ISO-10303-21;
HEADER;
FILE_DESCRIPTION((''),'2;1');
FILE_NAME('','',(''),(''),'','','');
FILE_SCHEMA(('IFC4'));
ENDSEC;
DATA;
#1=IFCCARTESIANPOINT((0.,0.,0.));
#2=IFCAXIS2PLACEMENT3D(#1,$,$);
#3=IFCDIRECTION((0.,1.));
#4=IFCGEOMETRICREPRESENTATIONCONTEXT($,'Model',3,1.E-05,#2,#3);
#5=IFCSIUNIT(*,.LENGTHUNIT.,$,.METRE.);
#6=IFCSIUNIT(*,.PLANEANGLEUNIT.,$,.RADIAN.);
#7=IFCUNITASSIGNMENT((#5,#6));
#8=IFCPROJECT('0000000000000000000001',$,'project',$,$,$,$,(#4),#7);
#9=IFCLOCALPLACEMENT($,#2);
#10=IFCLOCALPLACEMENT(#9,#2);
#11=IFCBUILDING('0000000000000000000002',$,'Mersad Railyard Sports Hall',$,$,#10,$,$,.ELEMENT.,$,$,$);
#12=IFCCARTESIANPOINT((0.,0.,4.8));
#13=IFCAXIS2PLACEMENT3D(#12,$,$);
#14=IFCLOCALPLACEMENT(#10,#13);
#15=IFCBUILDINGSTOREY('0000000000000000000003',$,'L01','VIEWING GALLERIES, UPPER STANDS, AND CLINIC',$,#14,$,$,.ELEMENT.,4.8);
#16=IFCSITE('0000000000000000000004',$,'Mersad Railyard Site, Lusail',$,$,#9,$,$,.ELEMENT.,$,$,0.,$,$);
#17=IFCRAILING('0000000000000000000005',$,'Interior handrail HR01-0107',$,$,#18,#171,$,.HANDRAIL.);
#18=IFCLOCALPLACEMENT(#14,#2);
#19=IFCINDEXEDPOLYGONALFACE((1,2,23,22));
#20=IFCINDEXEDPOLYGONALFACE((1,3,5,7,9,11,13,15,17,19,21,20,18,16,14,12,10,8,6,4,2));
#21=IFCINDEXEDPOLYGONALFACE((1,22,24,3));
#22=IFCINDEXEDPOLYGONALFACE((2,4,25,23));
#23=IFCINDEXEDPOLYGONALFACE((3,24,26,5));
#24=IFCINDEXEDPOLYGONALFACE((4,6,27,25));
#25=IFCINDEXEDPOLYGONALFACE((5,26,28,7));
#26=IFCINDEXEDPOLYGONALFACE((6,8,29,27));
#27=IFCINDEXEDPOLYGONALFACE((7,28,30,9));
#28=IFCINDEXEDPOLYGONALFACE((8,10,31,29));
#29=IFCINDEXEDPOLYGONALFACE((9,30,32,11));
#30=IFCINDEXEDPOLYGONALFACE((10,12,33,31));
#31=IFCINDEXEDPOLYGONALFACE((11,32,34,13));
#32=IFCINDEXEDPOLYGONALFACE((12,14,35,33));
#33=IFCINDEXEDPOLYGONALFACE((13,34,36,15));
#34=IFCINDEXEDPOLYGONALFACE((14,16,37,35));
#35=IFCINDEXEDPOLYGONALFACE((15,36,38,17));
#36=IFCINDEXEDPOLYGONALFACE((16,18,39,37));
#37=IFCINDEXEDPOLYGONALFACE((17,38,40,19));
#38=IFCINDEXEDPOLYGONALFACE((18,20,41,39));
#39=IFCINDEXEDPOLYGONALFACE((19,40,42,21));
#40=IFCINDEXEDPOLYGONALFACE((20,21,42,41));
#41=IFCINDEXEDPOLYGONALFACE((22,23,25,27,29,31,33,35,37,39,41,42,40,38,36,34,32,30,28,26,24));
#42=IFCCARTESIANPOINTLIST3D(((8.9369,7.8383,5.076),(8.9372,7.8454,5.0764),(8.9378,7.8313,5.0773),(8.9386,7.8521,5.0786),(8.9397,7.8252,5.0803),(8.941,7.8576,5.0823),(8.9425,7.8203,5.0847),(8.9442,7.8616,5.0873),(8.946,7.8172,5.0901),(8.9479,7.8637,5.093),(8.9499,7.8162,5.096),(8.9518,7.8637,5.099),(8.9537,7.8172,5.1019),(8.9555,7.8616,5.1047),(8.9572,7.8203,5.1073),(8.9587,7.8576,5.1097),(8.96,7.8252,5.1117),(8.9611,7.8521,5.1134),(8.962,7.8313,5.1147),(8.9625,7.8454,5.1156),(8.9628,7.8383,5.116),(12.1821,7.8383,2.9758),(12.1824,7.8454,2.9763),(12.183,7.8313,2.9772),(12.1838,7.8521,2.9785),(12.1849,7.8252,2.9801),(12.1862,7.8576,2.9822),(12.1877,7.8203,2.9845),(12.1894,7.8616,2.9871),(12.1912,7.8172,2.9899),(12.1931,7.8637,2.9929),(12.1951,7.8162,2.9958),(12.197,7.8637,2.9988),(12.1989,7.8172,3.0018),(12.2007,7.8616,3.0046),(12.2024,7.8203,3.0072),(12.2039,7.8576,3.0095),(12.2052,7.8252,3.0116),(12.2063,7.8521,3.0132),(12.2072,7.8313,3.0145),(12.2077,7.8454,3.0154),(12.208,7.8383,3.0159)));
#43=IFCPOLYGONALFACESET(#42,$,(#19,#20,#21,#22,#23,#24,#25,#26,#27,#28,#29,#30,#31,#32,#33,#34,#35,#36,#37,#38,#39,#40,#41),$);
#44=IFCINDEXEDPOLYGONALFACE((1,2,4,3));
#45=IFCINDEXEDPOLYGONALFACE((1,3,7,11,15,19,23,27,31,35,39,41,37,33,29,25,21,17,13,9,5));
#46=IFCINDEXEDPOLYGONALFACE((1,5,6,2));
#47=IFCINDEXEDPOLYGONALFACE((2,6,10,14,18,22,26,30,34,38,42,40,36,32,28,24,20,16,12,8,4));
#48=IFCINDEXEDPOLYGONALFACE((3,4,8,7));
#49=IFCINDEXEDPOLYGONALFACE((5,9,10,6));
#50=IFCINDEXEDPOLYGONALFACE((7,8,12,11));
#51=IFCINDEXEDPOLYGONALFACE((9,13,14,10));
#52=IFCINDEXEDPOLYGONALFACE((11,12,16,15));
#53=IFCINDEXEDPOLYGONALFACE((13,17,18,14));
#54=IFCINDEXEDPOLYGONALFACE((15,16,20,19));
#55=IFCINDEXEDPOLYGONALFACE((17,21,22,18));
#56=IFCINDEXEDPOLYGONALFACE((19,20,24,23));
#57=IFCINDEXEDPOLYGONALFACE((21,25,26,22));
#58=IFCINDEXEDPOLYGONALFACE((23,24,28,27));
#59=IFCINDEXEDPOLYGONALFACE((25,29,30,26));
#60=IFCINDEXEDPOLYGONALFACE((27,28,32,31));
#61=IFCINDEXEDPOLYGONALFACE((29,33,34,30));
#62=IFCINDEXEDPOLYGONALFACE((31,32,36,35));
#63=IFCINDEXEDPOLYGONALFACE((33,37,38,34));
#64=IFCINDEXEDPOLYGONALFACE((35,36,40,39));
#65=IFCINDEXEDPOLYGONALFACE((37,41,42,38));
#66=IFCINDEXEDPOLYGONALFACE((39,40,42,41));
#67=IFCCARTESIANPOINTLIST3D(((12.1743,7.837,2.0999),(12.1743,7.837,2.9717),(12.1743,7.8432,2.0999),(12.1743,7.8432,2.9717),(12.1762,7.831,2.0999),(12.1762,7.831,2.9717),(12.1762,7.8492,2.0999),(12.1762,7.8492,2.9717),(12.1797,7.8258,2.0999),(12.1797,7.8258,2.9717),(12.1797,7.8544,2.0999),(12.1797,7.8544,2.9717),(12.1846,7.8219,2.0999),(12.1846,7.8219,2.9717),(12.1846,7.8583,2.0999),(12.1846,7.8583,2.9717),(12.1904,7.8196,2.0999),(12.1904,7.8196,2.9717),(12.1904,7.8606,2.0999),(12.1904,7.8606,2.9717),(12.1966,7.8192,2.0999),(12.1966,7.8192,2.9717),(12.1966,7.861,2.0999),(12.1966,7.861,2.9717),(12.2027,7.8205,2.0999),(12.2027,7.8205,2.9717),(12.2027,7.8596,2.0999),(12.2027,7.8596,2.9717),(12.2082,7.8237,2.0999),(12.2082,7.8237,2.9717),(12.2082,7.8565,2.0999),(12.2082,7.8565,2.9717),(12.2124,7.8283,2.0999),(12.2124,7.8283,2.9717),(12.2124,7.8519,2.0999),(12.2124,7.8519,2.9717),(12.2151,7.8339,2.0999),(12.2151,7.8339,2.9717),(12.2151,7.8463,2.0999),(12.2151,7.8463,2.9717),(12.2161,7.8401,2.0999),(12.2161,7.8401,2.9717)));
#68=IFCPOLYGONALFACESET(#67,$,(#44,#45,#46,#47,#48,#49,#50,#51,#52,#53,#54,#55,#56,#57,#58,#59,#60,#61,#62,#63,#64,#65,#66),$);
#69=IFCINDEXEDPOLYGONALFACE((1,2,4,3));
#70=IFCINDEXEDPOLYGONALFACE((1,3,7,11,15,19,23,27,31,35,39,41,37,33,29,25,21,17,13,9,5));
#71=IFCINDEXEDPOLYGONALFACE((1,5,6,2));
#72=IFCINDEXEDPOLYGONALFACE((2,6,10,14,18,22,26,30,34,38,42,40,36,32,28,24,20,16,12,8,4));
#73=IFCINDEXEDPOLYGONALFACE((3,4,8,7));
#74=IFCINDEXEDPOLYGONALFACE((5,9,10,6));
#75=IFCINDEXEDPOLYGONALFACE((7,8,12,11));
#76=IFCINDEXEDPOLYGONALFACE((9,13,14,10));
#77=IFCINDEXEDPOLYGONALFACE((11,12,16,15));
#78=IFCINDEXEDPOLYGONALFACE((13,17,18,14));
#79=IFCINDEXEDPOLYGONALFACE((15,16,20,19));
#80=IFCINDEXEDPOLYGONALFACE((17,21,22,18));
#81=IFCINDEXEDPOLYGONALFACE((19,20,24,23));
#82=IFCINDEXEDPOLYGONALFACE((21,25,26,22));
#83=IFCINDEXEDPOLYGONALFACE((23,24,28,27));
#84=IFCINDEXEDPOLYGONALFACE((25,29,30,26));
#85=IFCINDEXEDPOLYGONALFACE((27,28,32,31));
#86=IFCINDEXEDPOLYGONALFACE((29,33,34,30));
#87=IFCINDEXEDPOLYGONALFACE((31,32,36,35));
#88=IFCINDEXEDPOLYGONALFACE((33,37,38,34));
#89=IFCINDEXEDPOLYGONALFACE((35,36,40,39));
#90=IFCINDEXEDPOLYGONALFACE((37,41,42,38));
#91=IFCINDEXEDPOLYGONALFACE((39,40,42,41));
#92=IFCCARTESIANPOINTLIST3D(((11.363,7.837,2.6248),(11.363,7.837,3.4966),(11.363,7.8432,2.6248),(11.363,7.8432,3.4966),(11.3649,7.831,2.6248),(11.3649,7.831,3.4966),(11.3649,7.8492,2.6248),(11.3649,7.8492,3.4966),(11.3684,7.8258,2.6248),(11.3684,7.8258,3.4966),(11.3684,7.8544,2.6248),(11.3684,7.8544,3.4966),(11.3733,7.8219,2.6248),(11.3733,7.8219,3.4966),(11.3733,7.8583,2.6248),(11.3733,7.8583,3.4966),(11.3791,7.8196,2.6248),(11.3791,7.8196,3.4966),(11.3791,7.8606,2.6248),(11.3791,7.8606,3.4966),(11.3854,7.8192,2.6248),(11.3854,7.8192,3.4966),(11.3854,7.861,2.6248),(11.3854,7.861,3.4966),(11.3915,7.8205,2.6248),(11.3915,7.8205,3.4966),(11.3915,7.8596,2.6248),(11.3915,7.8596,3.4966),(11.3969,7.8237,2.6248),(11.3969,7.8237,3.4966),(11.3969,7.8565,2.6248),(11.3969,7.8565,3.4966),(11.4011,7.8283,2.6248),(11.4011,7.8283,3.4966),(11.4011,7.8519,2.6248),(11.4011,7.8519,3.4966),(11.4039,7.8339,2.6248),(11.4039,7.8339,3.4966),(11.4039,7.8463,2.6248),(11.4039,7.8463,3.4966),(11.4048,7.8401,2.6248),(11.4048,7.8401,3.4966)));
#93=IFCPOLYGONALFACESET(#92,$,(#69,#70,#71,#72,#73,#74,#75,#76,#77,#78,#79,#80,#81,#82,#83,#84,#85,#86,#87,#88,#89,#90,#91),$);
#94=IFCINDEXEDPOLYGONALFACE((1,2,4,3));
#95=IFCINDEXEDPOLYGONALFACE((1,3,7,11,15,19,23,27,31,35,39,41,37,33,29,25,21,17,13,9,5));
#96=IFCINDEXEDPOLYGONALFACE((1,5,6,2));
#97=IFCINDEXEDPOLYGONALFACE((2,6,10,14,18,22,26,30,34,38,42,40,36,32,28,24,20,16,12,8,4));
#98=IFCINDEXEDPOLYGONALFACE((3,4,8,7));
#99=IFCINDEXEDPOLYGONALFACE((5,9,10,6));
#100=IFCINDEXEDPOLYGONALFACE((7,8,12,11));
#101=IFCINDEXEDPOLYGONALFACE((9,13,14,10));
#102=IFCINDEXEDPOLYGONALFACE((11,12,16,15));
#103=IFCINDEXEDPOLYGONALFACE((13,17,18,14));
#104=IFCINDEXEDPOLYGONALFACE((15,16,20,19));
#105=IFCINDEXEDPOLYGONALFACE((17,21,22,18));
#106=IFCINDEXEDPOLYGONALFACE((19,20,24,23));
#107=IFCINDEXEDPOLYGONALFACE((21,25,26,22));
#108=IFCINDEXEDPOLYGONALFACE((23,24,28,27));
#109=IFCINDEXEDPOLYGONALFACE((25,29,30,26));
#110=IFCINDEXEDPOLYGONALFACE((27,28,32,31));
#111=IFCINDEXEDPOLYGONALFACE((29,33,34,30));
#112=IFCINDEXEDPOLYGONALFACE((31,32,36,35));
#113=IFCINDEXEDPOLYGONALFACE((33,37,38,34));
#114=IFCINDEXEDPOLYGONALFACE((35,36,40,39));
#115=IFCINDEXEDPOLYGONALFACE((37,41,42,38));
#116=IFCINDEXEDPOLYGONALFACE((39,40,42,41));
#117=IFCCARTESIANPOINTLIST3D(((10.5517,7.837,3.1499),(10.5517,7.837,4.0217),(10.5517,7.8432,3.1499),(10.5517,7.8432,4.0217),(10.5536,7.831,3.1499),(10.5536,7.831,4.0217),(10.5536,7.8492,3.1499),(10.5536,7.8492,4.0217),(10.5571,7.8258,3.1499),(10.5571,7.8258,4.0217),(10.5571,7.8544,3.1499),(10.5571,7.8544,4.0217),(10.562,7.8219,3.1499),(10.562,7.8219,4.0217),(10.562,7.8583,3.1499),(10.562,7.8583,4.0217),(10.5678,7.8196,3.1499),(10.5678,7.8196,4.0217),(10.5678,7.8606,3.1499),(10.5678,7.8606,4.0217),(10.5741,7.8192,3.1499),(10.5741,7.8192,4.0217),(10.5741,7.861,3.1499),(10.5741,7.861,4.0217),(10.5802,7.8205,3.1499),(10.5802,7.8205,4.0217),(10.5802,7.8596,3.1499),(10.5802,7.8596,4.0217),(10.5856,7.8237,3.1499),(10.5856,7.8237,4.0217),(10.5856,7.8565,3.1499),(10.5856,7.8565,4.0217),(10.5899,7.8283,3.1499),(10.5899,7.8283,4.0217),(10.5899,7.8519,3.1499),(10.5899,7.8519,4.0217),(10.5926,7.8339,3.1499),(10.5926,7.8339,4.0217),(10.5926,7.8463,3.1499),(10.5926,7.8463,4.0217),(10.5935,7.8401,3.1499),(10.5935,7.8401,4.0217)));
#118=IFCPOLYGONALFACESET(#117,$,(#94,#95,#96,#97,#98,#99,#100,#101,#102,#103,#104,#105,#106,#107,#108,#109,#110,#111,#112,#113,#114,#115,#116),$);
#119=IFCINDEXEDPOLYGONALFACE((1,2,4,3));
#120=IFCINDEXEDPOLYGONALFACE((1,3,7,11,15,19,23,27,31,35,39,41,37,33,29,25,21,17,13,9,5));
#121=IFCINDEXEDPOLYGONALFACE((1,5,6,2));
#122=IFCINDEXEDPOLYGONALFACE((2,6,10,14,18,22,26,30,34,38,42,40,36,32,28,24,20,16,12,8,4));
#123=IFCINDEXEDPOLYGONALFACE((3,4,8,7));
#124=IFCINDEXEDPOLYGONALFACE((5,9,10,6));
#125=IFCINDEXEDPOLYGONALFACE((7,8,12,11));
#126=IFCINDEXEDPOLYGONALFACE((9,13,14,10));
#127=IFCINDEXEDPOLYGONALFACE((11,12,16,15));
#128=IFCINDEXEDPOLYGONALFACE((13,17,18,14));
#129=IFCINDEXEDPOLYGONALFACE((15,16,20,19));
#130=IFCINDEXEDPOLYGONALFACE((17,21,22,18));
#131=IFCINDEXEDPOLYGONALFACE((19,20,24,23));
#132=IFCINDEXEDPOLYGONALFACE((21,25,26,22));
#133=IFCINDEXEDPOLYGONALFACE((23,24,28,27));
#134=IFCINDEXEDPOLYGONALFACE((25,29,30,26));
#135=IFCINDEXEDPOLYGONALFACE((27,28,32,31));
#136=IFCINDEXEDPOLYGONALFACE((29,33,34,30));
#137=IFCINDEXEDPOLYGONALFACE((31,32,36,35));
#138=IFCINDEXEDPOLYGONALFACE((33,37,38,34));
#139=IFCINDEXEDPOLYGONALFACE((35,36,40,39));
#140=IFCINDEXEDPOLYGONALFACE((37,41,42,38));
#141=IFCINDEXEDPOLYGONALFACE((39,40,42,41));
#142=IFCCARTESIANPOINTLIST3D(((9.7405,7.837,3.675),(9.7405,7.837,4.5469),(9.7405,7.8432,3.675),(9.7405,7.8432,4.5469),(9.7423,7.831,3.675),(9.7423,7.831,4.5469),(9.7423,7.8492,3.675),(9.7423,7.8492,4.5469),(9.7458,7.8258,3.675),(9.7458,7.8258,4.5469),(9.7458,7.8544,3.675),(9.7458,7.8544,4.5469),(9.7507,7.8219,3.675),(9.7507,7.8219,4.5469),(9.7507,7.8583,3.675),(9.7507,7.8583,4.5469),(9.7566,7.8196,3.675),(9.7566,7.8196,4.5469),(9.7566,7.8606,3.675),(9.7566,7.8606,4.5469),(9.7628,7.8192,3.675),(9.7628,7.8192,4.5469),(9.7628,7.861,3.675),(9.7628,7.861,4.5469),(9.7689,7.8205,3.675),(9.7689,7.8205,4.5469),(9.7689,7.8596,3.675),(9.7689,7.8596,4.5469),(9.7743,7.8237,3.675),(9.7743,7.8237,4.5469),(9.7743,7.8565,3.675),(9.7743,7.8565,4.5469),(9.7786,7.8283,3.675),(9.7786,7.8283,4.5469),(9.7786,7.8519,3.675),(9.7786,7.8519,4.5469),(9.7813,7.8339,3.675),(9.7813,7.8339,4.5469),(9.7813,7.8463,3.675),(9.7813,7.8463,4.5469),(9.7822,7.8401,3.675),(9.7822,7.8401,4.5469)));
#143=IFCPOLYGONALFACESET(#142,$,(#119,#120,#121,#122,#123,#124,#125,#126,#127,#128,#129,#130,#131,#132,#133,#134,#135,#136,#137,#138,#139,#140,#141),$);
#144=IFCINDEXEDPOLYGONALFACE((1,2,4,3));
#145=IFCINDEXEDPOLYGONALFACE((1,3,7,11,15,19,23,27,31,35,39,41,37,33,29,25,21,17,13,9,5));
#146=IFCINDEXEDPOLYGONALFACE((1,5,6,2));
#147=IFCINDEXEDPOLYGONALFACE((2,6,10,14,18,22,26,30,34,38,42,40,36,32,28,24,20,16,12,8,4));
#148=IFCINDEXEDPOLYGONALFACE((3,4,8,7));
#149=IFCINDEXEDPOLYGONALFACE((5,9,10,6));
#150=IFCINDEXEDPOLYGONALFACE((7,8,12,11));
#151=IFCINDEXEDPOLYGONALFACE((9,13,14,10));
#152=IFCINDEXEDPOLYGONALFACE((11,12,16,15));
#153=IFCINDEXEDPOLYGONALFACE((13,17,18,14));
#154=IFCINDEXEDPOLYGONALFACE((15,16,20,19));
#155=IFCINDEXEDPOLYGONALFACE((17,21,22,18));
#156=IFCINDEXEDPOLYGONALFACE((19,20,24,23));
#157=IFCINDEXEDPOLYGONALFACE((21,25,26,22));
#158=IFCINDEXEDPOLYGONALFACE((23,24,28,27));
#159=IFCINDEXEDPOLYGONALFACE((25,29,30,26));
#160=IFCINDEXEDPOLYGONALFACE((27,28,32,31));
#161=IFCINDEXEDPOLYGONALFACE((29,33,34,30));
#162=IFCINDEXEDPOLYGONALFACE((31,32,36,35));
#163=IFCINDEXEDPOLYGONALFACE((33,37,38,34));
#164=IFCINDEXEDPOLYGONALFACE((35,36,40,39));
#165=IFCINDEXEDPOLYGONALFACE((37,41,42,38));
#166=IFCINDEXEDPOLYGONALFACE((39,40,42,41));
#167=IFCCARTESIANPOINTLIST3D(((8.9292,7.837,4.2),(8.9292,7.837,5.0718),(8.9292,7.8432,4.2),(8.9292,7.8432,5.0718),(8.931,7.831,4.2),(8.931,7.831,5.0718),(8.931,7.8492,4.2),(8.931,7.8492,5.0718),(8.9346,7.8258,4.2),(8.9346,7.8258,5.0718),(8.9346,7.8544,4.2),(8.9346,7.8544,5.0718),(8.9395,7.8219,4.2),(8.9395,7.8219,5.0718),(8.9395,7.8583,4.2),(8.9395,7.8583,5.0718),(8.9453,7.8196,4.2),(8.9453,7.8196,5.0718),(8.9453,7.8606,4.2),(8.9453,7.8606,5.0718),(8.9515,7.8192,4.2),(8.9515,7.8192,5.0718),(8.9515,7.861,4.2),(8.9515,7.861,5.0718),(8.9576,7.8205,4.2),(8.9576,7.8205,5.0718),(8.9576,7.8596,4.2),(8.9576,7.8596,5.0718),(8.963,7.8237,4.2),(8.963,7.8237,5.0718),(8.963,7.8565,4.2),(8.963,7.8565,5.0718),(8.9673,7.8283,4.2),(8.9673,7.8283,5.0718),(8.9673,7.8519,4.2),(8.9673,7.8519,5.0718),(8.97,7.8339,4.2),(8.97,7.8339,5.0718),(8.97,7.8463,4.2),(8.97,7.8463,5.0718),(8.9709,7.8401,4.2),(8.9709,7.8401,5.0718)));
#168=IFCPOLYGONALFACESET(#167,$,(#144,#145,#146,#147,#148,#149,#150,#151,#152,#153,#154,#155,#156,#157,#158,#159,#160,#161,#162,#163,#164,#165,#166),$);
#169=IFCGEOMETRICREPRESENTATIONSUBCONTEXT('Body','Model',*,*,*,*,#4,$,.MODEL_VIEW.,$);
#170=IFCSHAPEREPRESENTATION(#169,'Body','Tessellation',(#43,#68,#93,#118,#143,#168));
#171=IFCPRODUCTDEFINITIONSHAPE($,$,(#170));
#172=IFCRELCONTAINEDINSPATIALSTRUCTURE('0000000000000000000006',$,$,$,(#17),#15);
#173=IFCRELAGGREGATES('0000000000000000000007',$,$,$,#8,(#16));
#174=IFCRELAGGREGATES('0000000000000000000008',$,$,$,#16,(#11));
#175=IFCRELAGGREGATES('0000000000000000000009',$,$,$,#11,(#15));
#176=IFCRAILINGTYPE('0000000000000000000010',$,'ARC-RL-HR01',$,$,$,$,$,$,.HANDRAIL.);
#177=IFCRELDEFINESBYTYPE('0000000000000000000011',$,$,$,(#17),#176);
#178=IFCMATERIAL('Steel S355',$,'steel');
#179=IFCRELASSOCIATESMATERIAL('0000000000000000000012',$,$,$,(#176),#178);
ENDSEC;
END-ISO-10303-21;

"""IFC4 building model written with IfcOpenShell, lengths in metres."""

from ifc_helpers import new_model, si_unit, direction, frame, origin, origin_2d, place, context, subcontext, project, spatial, circle, extrude, material, type_object, element, save


model = new_model("IFC4")

# Units and contexts
model_context = context("Model", 3, precision=1e-05, world=origin(), true_north=direction((0.0, 1.0)))
body_context = subcontext(model_context, "Body", "Model", "MODEL_VIEW")
ifc_project = project(units=[si_unit("LENGTHUNIT", "METRE"), si_unit("PLANEANGLEUNIT", "RADIAN")], contexts=[model_context])

# Site, building, storey
site_placement = place(None, origin())
site = spatial("IfcSite", under=ifc_project, at=site_placement, Name="Mersad Railyard Site, Lusail", CompositionType="ELEMENT", RefElevation=0.0)
building_placement = place(site_placement, origin())
building = spatial("IfcBuilding", under=site, at=building_placement, Name="Mersad Railyard Sports Hall", CompositionType="ELEMENT")
storey_placement = place(building_placement, frame((0.0, 0.0, 4.8)))
storey = spatial("IfcBuildingStorey", under=building, at=storey_placement, Name="L01", Description="VIEWING GALLERIES, UPPER STANDS, AND CLINIC", CompositionType="ELEMENT", Elevation=4.8)

# Shared definitions
ifc_material_1 = material(Name="Steel S355", Category="steel")

# Railing
railing_type_1 = type_object("IfcRailingType", Name="ARC-RL-HR01", PredefinedType="HANDRAIL", material=ifc_material_1)
railing_1_placement = place(storey_placement, frame((12.1951, 7.8401, 2.0999)))
element("IfcRailing", 1, at=railing_1_placement, inside=storey, type_object=railing_type_1, Name="Interior handrail HR01-0107", PredefinedType="HANDRAIL", context=body_context, shape_type="SweptSolid", body=[
    extrude(circle(Radius=0.0239, at=origin_2d()), frame((0.0, 0.0, 0.896), z_axis=(-0.839533, 0.0, 0.543309), x_axis=(0.0, -1.0, 0.0)), (0.0, 0.0, 1.0), 3.8655),
    extrude(circle(Radius=0.021, at=origin_2d()), origin(), (0.0, 0.0, 1.0), 0.8718),
    extrude(circle(Radius=0.021, at=origin_2d()), frame((-0.8113, 0.0, 0.5249)), (0.0, 0.0, 1.0), 0.8718),
    extrude(circle(Radius=0.021, at=origin_2d()), frame((-1.6226, 0.0, 1.05)), (0.0, 0.0, 1.0), 0.8718),
    extrude(circle(Radius=0.021, at=origin_2d()), frame((-2.4338, 0.0, 1.5752)), (0.0, 0.0, 1.0), 0.8718),
    extrude(circle(Radius=0.021, at=origin_2d()), frame((-3.2451, 0.0, 2.1001)), (0.0, 0.0, 1.0), 0.8718),
])

save(model, "model.ifc")
